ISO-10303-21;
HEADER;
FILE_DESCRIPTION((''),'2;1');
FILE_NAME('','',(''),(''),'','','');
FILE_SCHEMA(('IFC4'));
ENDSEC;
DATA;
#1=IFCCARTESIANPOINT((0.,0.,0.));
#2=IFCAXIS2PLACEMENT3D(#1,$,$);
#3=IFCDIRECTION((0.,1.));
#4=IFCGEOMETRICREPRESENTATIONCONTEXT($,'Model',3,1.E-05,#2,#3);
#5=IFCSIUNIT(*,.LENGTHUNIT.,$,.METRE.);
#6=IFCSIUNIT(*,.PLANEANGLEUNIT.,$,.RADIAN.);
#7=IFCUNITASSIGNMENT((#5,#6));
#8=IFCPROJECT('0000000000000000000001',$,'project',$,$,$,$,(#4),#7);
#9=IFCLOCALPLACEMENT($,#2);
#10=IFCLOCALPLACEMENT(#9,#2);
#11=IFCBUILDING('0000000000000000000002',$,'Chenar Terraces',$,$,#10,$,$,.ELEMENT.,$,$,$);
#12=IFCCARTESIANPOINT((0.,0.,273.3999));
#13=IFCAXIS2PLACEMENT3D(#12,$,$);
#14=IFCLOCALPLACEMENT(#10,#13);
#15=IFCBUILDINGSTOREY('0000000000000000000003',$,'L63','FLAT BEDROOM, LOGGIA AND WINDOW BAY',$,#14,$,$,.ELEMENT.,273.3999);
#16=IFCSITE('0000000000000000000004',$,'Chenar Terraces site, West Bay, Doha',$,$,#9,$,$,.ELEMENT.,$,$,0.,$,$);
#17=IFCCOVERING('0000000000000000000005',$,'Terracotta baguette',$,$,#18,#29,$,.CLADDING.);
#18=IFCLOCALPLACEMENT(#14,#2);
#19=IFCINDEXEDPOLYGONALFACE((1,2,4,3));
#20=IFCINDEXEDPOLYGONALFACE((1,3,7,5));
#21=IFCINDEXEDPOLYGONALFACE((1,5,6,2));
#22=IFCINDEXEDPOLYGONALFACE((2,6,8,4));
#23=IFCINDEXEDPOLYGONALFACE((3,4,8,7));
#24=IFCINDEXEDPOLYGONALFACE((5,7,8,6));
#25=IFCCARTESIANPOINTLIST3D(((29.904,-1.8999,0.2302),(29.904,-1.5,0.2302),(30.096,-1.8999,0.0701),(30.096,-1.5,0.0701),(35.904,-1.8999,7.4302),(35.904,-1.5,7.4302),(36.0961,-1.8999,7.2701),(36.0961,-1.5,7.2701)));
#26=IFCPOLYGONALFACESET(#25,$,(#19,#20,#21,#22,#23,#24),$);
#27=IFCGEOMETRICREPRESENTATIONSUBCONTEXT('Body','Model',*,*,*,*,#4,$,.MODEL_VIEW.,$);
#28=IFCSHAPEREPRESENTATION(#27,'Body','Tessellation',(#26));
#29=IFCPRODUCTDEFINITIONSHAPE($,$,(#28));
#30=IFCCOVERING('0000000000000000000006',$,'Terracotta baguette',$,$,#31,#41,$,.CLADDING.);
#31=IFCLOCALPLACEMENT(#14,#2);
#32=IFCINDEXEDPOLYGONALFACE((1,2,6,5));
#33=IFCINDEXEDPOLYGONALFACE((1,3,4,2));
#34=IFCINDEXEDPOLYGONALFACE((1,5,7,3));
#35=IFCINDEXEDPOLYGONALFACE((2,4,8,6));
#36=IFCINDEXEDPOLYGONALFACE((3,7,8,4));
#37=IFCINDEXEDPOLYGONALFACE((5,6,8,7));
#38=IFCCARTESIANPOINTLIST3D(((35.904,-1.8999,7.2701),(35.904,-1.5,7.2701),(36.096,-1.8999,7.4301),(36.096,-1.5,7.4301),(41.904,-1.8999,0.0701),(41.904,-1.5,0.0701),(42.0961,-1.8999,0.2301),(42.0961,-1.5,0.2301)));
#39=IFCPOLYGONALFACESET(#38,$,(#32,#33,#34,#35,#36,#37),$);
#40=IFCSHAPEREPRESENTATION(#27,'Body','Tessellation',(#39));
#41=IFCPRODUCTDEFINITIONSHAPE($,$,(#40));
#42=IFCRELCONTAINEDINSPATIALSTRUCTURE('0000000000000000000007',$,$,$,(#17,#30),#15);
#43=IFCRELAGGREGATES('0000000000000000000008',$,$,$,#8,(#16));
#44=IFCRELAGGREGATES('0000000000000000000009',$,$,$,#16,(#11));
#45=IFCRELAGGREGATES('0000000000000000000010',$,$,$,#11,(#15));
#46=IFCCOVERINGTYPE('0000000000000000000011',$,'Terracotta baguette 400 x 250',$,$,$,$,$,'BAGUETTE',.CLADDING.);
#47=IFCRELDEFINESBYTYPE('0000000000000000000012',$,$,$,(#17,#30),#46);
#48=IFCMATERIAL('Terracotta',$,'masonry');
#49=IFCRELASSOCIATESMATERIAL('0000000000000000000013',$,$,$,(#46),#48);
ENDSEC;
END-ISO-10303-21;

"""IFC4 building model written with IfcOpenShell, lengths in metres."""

from ifc_helpers import new_model, si_unit, direction, frame, origin, origin_2d, place, context, subcontext, project, spatial, rectangle, extrude, material, material_profile, profile_set, type_object, element, save


model = new_model("IFC4")

# Units and contexts
model_context = context("Model", 3, precision=1e-05, world=origin(), true_north=direction((0.0, 1.0)))
body_context = subcontext(model_context, "Body", "Model", "MODEL_VIEW")
ifc_project = project(units=[si_unit("LENGTHUNIT", "METRE"), si_unit("PLANEANGLEUNIT", "RADIAN")], contexts=[model_context])

# Site, building, storey
site_placement = place(None, origin())
site = spatial("IfcSite", under=ifc_project, at=site_placement, Name="Chenar Terraces site, West Bay, Doha", CompositionType="ELEMENT", RefElevation=0.0)
building_placement = place(site_placement, origin())
building = spatial("IfcBuilding", under=site, at=building_placement, Name="Chenar Terraces", CompositionType="ELEMENT")
storey_placement = place(building_placement, frame((0.0, 0.0, 273.3999)))
storey = spatial("IfcBuildingStorey", under=building, at=storey_placement, Name="L63", Description="FLAT BEDROOM, LOGGIA AND WINDOW BAY", CompositionType="ELEMENT", Elevation=273.3999)

# Coverings
ifc_material_1 = material(Name="Terracotta", Category="masonry")
ifc_material_profile_1 = material_profile(ifc_material_1, rectangle(XDim=0.3999, YDim=0.25, at=origin_2d()), Name="Terracotta baguette 400 x 250")
ifc_profile_set_1 = profile_set([ifc_material_profile_1], Name="Terracotta")
covering_type = type_object("IfcCoveringType", Name="Terracotta baguette 400 x 250", ElementType="BAGUETTE", PredefinedType="CLADDING", material=ifc_profile_set_1)
for number, where, z_axis, x_axis, name in (
    (1, (30.0, -1.7, 0.1501), (0.640187, 0.0, 0.768219), (0.0, 1.0, 0.0), "Terracotta baguette"),
    (2, (36.0, -1.7, 7.3501), (0.640187, 0.0, -0.768219), (0.0, 1.0, 0.0), "Terracotta baguette"),
):
    element("IfcCovering", number, at=place(storey_placement, frame(where, z_axis=z_axis, x_axis=x_axis)), inside=storey, type_object=covering_type, Name=name, PredefinedType="CLADDING", context=body_context, shape_type="SweptSolid", body=[
        extrude(rectangle(XDim=0.3999, YDim=0.25, at=origin_2d()), origin(), (0.0, 0.0, 1.0), 9.3723),
    ])

save(model, "model.ifc")
